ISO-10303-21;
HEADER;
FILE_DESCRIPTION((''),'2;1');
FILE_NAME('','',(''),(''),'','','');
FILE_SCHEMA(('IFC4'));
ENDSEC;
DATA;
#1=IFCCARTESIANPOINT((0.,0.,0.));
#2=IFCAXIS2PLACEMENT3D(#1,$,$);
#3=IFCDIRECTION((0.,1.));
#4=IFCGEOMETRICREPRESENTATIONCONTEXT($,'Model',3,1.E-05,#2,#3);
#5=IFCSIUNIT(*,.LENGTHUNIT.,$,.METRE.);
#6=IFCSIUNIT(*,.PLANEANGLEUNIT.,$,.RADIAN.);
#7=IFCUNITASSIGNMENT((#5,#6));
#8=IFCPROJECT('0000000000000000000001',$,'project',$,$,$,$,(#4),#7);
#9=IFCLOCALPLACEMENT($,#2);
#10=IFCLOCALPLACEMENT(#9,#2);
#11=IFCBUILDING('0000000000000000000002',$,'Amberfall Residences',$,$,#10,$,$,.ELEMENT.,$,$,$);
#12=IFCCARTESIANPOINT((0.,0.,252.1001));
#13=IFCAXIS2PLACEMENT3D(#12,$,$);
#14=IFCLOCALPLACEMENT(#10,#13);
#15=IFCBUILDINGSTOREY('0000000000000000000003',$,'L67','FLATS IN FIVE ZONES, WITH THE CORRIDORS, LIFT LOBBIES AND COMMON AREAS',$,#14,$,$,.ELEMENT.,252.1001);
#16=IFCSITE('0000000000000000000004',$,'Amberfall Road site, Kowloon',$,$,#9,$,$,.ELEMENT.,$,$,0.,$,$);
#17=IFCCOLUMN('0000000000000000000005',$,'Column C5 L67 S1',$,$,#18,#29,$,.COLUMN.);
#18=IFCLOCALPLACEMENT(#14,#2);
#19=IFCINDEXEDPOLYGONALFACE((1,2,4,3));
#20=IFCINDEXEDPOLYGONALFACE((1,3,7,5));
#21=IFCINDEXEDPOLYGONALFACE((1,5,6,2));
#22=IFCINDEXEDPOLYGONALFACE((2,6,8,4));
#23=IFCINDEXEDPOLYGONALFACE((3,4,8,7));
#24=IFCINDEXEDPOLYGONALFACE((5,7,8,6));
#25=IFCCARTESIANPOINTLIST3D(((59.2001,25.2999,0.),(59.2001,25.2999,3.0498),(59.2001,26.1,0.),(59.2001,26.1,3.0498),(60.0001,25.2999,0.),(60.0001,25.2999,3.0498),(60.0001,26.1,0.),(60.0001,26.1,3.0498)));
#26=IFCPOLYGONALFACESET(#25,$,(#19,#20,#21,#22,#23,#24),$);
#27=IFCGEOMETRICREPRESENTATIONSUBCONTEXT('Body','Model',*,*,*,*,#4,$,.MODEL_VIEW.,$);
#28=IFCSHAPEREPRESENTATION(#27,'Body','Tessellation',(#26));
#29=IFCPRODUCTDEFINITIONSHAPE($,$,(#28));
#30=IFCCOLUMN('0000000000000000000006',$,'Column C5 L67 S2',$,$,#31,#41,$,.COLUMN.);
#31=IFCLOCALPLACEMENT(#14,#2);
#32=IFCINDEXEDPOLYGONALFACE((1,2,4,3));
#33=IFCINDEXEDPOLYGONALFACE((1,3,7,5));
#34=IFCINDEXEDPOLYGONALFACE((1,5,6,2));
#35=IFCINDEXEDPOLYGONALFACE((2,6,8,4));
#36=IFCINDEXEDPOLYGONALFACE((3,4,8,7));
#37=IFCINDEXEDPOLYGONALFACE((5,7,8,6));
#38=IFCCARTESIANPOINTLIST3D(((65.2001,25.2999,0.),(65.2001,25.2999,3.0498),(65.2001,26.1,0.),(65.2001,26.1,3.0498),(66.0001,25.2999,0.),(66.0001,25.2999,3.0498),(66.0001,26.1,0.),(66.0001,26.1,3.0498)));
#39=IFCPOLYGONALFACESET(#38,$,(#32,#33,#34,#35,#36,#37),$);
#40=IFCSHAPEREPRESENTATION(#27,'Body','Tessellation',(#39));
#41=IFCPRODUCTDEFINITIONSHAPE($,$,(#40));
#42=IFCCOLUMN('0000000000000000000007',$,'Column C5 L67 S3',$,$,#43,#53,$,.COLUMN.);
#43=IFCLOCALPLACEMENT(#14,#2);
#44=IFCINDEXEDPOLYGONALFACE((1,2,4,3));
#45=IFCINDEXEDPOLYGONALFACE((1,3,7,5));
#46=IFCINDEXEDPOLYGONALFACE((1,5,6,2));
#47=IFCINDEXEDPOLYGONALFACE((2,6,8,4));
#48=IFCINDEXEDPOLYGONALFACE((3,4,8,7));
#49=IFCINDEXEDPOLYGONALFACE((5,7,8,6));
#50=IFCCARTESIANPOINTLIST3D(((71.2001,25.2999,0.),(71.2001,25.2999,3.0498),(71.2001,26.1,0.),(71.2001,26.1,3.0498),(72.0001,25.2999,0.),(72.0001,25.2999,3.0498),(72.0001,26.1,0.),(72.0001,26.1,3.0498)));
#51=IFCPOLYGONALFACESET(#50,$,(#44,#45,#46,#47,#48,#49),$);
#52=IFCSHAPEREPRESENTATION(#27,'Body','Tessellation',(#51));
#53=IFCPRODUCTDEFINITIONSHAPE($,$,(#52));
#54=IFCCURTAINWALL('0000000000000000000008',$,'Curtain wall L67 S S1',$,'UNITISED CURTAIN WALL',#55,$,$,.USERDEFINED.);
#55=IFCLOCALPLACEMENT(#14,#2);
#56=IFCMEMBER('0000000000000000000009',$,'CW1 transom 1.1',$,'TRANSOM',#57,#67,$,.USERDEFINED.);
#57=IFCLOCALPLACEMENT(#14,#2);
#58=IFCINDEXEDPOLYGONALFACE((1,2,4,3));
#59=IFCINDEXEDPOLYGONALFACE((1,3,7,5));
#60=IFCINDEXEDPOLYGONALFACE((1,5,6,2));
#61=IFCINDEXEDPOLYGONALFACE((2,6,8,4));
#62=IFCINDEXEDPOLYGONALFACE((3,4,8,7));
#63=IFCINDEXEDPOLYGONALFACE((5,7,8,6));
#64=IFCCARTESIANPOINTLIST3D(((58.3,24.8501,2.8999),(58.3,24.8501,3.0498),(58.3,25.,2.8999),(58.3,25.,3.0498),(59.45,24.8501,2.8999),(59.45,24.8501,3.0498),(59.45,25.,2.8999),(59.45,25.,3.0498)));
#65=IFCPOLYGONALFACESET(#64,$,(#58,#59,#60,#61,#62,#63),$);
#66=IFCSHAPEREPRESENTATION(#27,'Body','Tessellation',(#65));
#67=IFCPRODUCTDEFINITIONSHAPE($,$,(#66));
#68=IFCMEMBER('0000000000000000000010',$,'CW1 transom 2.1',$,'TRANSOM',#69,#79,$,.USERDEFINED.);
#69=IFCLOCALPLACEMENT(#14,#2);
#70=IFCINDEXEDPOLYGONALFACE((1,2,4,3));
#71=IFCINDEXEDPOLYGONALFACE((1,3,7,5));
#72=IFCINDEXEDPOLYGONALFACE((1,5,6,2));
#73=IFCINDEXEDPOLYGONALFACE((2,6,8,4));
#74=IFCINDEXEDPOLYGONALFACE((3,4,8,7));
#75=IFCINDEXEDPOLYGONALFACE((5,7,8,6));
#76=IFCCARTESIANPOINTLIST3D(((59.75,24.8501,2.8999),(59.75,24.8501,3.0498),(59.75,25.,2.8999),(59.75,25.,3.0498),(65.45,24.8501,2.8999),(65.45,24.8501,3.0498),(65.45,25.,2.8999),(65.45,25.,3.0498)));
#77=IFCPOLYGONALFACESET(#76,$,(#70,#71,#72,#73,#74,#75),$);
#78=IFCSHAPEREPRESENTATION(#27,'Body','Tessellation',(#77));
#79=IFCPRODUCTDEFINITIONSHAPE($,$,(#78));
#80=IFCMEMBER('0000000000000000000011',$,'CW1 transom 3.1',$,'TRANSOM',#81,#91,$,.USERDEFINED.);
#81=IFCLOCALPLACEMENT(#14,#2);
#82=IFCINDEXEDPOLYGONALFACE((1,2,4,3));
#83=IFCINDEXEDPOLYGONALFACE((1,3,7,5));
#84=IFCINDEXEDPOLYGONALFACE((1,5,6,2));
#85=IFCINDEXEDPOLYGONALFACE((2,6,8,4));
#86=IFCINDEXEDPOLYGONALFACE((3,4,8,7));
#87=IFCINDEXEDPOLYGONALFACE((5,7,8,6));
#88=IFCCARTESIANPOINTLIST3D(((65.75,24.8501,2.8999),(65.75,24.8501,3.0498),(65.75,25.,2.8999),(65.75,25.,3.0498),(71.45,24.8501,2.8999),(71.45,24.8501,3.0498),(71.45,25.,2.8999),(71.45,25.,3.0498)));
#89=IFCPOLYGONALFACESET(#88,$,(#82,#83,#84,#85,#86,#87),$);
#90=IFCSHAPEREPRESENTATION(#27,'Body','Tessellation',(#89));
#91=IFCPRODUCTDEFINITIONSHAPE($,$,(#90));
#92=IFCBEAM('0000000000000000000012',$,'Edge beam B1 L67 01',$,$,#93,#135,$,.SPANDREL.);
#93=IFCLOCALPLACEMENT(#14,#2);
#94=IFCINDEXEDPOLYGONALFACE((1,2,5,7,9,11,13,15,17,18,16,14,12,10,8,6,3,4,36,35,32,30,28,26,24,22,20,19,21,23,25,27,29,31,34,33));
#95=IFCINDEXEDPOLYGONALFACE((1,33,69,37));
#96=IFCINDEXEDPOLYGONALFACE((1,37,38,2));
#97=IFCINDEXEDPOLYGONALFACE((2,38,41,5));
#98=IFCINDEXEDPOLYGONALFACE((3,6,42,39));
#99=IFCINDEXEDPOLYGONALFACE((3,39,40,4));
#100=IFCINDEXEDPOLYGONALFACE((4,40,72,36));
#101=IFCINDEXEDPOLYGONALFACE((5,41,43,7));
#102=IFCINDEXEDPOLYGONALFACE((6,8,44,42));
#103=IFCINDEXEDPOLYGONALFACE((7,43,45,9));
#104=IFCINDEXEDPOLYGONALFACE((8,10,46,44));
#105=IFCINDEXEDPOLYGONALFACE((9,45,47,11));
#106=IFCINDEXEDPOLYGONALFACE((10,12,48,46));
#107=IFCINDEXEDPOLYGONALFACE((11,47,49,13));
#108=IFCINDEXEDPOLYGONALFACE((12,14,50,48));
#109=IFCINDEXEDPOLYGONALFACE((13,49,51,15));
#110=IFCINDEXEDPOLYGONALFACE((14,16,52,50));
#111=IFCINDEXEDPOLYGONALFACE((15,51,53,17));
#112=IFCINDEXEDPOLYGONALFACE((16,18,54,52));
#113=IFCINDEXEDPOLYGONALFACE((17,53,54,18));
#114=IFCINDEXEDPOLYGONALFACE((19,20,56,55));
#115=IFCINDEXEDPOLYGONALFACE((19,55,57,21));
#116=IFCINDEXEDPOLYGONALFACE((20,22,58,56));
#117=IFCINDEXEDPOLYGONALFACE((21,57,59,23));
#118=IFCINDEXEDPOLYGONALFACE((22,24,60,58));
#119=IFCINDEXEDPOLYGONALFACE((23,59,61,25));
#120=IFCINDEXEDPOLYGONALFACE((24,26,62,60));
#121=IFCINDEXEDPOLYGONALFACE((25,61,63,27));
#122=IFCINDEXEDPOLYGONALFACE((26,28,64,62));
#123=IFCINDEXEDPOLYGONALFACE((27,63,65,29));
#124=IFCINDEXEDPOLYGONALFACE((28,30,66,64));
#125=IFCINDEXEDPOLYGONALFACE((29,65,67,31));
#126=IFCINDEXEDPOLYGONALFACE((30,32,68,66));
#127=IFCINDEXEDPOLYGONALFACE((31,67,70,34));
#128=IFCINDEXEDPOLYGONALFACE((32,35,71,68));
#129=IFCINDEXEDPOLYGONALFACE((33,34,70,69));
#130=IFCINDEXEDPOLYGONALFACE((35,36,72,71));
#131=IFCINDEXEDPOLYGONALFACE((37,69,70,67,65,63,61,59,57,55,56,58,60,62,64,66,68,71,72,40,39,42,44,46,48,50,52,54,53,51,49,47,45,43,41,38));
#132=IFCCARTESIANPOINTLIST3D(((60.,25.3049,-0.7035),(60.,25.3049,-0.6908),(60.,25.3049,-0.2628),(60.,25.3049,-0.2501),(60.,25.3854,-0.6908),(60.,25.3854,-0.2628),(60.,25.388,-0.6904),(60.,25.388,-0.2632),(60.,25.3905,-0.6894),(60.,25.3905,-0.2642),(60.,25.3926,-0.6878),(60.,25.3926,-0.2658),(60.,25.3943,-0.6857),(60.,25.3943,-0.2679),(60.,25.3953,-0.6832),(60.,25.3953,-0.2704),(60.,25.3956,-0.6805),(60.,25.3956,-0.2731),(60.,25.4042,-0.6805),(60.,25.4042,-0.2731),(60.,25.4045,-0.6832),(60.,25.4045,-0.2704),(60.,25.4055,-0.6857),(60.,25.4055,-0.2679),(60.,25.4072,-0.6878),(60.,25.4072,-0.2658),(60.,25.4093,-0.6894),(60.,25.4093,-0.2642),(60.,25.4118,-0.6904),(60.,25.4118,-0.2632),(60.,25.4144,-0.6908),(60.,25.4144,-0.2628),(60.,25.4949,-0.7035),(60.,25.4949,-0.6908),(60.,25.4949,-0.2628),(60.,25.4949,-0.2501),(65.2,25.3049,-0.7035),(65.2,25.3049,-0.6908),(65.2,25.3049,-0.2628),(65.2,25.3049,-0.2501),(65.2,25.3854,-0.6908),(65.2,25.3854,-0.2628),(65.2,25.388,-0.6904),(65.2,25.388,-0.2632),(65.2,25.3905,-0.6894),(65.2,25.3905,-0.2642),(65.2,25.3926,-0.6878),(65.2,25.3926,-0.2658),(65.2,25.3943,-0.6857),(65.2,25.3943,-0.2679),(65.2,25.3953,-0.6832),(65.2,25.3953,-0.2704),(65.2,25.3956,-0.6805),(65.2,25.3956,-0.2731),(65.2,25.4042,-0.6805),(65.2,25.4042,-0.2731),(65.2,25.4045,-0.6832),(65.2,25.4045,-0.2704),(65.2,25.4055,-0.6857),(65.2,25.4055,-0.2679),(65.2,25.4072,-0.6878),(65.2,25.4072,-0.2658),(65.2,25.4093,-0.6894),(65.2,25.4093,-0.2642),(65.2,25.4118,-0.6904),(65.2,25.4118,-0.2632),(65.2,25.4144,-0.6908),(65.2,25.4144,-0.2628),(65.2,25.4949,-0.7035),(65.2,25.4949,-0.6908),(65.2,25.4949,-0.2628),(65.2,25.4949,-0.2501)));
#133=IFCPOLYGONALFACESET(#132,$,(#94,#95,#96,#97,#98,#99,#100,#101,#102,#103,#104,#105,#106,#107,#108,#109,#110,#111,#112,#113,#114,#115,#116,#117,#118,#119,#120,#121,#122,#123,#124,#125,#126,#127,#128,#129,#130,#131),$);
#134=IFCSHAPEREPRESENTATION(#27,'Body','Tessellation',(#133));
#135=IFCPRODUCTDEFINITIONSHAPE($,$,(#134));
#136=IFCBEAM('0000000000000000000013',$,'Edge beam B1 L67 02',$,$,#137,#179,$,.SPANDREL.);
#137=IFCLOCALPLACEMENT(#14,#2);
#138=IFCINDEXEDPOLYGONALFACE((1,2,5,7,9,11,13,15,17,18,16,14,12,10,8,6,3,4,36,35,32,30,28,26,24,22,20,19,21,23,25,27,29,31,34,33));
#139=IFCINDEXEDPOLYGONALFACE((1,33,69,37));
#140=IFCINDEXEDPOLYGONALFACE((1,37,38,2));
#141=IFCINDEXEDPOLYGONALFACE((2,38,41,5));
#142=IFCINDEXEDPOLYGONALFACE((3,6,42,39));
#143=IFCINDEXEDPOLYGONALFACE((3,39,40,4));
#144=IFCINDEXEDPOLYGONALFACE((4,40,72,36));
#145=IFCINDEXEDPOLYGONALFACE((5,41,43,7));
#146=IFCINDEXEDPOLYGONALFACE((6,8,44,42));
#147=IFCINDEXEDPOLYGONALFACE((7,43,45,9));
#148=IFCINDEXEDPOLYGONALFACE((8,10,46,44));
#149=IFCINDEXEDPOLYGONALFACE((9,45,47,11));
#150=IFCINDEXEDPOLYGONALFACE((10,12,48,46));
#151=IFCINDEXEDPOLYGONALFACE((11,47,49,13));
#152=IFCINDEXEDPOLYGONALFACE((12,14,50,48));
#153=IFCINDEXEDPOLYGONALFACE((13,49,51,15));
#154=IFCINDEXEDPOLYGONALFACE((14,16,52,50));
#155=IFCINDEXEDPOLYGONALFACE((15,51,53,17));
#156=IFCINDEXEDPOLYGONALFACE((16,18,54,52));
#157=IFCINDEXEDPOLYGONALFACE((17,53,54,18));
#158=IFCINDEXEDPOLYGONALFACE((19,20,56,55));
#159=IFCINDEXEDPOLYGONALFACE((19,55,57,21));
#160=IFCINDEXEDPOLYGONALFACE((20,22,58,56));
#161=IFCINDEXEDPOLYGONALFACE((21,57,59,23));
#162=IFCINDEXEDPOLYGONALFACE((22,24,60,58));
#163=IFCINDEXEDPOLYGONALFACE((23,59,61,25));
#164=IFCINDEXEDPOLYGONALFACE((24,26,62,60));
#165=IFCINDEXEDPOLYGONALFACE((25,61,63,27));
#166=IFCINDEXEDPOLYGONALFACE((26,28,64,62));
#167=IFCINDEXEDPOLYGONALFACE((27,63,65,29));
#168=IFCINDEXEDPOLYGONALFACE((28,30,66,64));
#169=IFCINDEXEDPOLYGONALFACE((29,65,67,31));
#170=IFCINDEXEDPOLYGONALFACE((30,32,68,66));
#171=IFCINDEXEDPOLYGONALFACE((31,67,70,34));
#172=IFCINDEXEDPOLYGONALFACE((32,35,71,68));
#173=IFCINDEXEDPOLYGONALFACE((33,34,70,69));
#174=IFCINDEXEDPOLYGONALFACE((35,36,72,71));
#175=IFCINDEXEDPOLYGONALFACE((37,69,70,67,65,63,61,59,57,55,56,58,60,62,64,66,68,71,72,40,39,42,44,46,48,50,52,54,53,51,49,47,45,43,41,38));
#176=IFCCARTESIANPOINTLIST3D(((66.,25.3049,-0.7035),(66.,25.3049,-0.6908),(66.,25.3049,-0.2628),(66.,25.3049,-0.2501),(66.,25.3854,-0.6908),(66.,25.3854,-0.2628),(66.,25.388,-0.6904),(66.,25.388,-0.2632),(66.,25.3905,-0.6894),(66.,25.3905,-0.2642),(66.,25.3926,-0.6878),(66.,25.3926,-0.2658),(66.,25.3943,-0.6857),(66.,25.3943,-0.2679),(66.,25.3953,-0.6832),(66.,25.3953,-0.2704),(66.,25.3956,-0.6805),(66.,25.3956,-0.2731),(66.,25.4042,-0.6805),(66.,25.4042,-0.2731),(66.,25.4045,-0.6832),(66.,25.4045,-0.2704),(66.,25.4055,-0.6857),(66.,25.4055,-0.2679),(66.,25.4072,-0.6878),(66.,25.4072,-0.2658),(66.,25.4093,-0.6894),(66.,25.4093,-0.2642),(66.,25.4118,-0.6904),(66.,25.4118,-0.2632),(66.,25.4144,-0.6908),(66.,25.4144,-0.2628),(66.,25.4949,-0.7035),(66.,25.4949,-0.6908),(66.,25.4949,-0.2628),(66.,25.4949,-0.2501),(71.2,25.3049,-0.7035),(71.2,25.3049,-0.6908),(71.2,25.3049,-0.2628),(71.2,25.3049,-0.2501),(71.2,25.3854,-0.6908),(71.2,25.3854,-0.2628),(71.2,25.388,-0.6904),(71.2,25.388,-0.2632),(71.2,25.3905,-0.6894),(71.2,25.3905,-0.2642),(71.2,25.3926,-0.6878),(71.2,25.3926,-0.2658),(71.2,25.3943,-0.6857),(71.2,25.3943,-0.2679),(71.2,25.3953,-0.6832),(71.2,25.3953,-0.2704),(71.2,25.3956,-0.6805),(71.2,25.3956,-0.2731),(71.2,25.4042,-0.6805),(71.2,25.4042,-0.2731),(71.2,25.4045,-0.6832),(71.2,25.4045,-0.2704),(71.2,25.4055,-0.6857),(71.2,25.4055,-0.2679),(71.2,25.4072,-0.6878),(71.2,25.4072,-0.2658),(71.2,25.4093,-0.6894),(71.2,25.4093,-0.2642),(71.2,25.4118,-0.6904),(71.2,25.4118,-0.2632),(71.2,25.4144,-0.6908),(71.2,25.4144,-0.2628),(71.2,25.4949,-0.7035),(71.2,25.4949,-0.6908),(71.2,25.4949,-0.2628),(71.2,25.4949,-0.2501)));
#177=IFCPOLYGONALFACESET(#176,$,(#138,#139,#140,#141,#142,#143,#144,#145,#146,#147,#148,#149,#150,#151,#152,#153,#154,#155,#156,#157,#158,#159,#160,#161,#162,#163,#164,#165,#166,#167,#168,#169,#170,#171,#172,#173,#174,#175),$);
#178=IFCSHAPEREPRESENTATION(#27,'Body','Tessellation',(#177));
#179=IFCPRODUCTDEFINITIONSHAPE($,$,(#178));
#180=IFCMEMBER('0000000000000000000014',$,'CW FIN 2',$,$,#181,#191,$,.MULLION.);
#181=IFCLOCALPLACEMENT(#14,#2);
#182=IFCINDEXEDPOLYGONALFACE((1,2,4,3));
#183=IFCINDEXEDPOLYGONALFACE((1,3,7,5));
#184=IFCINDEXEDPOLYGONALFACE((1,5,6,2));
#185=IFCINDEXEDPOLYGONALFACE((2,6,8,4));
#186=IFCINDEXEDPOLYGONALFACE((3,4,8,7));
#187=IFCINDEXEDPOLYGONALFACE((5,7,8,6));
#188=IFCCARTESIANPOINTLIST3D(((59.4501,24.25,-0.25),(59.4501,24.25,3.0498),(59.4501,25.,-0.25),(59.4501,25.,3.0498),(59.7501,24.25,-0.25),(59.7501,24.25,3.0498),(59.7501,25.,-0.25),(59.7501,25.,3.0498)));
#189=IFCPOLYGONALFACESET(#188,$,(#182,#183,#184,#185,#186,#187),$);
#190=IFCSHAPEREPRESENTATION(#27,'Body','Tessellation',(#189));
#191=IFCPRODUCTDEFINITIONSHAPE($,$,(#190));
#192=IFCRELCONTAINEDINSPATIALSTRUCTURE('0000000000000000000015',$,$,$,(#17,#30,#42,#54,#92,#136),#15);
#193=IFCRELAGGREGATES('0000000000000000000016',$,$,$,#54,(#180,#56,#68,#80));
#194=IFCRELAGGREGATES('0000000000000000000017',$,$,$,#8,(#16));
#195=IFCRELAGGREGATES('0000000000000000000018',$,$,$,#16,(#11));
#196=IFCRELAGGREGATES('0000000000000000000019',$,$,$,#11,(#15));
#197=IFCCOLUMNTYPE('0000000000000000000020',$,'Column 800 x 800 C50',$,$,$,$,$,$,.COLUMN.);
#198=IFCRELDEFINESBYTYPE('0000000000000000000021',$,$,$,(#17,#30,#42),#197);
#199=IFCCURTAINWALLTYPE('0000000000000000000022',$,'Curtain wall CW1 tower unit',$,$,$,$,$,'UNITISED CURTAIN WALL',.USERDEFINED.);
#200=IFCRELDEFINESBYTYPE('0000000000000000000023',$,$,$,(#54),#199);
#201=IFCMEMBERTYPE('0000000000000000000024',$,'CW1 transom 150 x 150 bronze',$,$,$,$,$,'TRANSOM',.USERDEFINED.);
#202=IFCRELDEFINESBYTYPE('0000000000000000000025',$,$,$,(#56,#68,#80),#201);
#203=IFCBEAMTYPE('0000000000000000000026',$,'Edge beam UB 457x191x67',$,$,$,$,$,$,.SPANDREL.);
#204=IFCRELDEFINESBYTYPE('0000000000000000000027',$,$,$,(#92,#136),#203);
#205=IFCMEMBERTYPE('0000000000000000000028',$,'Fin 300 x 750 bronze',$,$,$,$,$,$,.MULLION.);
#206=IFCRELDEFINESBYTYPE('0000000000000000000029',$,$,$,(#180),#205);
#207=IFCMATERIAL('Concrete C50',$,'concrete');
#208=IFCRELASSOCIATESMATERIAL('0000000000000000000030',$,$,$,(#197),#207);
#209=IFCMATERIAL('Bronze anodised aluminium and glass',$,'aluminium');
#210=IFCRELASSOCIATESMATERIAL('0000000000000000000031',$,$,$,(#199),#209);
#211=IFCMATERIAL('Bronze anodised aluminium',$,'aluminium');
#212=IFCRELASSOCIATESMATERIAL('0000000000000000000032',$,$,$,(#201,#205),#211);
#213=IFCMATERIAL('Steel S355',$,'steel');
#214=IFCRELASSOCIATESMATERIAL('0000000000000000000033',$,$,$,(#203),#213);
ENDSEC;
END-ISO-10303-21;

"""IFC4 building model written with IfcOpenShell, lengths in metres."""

from ifc_helpers import new_model, si_unit, direction, frame, origin, origin_2d, place, context, subcontext, project, spatial, rectangle, i_section, extrude, material, material_profile, profile_set, type_object, element, aggregate, save


model = new_model("IFC4")

# Units and contexts
model_context = context("Model", 3, precision=1e-05, world=origin(), true_north=direction((0.0, 1.0)))
body_context = subcontext(model_context, "Body", "Model", "MODEL_VIEW")
ifc_project = project(units=[si_unit("LENGTHUNIT", "METRE"), si_unit("PLANEANGLEUNIT", "RADIAN")], contexts=[model_context])

# Site, building, storey
site_placement = place(None, origin())
site = spatial("IfcSite", under=ifc_project, at=site_placement, Name="Amberfall Road site, Kowloon", CompositionType="ELEMENT", RefElevation=0.0)
building_placement = place(site_placement, origin())
building = spatial("IfcBuilding", under=site, at=building_placement, Name="Amberfall Residences", CompositionType="ELEMENT")
storey_placement = place(building_placement, frame((0.0, 0.0, 252.1001)))
storey = spatial("IfcBuildingStorey", under=building, at=storey_placement, Name="L67", Description="FLATS IN FIVE ZONES, WITH THE CORRIDORS, LIFT LOBBIES AND COMMON AREAS", CompositionType="ELEMENT", Elevation=252.1001)

# Columns
ifc_material_1 = material(Name="Concrete C50", Category="concrete")
ifc_material_profile_1 = material_profile(ifc_material_1, rectangle(XDim=0.8, YDim=0.8, at=origin_2d()), Name="Column 800 x 800 C50")
ifc_profile_set_1 = profile_set([ifc_material_profile_1], Name="Concrete C50")
column_type = type_object("IfcColumnType", Name="Column 800 x 800 C50", PredefinedType="COLUMN", material=ifc_profile_set_1)
for number, where, z_axis, x_axis, name in (
    (1, (59.6001, 25.7, 0.0), (0.0, 0.0, 1.0), (1.0, 0.0, 0.0), "Column C5 L67 S1"),
    (2, (65.6001, 25.7, 0.0), (0.0, 0.0, 1.0), (1.0, 0.0, 0.0), "Column C5 L67 S2"),
    (3, (71.6001, 25.7, 0.0), (0.0, 0.0, 1.0), (1.0, 0.0, 0.0), "Column C5 L67 S3"),
):
    element("IfcColumn", number, at=place(storey_placement, frame(where, z_axis=z_axis, x_axis=x_axis)), inside=storey, type_object=column_type, Name=name, PredefinedType="COLUMN", context=body_context, shape_type="SweptSolid", body=[
        extrude(rectangle(XDim=0.8, YDim=0.8, at=origin_2d()), origin(), (0.0, 0.0, 1.0), 3.0498),
    ])

# Curtain wall, members
ifc_material_2 = material(Name="Bronze anodised aluminium and glass", Category="aluminium")
curtain_wall_type = type_object("IfcCurtainWallType", Name="Curtain wall CW1 tower unit", ElementType="UNITISED CURTAIN WALL", PredefinedType="USERDEFINED", material=ifc_material_2)
curtain_wall_placement = place(storey_placement, origin())
curtain_wall = element("IfcCurtainWall", 4, at=curtain_wall_placement, inside=storey, type_object=curtain_wall_type, Name="Curtain wall L67 S S1", ObjectType="UNITISED CURTAIN WALL", PredefinedType="USERDEFINED")
ifc_material_3 = material(Name="Bronze anodised aluminium", Category="aluminium")
ifc_material_profile_2 = material_profile(ifc_material_3, rectangle(XDim=0.1499, YDim=0.1499, at=origin_2d()), Name="CW1 transom 150 x 150 bronze")
ifc_profile_set_2 = profile_set([ifc_material_profile_2], Name="Bronze anodised aluminium")
member_type_1 = type_object("IfcMemberType", Name="CW1 transom 150 x 150 bronze", ElementType="TRANSOM", PredefinedType="USERDEFINED", material=ifc_profile_set_2)
member_1_placement = place(storey_placement, frame((58.3, 24.925, 2.9749), z_axis=(1.0, 0.0, 0.0), x_axis=(0.0, 1.0, 0.0)))
member_1 = element("IfcMember", 5, at=member_1_placement, type_object=member_type_1, Name="CW1 transom 1.1", ObjectType="TRANSOM", PredefinedType="USERDEFINED", context=body_context, shape_type="SweptSolid", body=[
    extrude(rectangle(XDim=0.1499, YDim=0.1499, at=origin_2d()), origin(), (0.0, 0.0, 1.0), 1.1499),
])
member_2_placement = place(storey_placement, frame((59.75, 24.925, 2.9749), z_axis=(1.0, 0.0, 0.0), x_axis=(0.0, 1.0, 0.0)))
member_2 = element("IfcMember", 6, at=member_2_placement, type_object=member_type_1, Name="CW1 transom 2.1", ObjectType="TRANSOM", PredefinedType="USERDEFINED", context=body_context, shape_type="SweptSolid", body=[
    extrude(rectangle(XDim=0.1499, YDim=0.1499, at=origin_2d()), origin(), (0.0, 0.0, 1.0), 5.7),
])
member_3_placement = place(storey_placement, frame((65.75, 24.925, 2.9749), z_axis=(1.0, 0.0, 0.0), x_axis=(0.0, 1.0, 0.0)))
member_3 = element("IfcMember", 7, at=member_3_placement, type_object=member_type_1, Name="CW1 transom 3.1", ObjectType="TRANSOM", PredefinedType="USERDEFINED", context=body_context, shape_type="SweptSolid", body=[
    extrude(rectangle(XDim=0.1499, YDim=0.1499, at=origin_2d()), origin(), (0.0, 0.0, 1.0), 5.7),
])

# Beams
ifc_material_4 = material(Name="Steel S355", Category="steel")
ifc_material_profile_3 = material_profile(ifc_material_4, i_section(OverallWidth=0.1899, OverallDepth=0.4534, WebThickness=0.0085, FlangeThickness=0.0127, FilletRadius=0.0103, at=origin_2d()), Name="UB 457x191x67")
ifc_profile_set_3 = profile_set([ifc_material_profile_3], Name="Steel S355")
beam_type_1 = type_object("IfcBeamType", Name="Edge beam UB 457x191x67", PredefinedType="SPANDREL", material=ifc_profile_set_3)
for number, where, z_axis, x_axis, name in (
    (8, (60.0, 25.3999, -0.4768), (1.0, 0.0, 0.0), (0.0, 1.0, 0.0), "Edge beam B1 L67 01"),
    (9, (66.0, 25.3999, -0.4768), (1.0, 0.0, 0.0), (0.0, 1.0, 0.0), "Edge beam B1 L67 02"),
):
    element("IfcBeam", number, at=place(storey_placement, frame(where, z_axis=z_axis, x_axis=x_axis)), inside=storey, type_object=beam_type_1, Name=name, PredefinedType="SPANDREL", context=body_context, shape_type="SweptSolid", body=[
        extrude(i_section(OverallWidth=0.1899, OverallDepth=0.4534, WebThickness=0.0085, FlangeThickness=0.0127, FilletRadius=0.0103, at=origin_2d()), origin(), (0.0, 0.0, 1.0), 5.2),
    ])

# Member
ifc_material_profile_4 = material_profile(ifc_material_3, rectangle(XDim=0.75, YDim=0.3, at=origin_2d()), Name="Fin 300 x 750 bronze")
ifc_profile_set_4 = profile_set([ifc_material_profile_4], Name="Bronze anodised aluminium")
member_type_2 = type_object("IfcMemberType", Name="Fin 300 x 750 bronze", PredefinedType="MULLION", material=ifc_profile_set_4)
member_4_placement = place(storey_placement, frame((59.6001, 24.625, -0.25), z_axis=(0.0, 0.0, 1.0), x_axis=(0.0, 1.0, 0.0)))
member_4 = element("IfcMember", 10, at=member_4_placement, type_object=member_type_2, Name="CW FIN 2", PredefinedType="MULLION", context=body_context, shape_type="SweptSolid", body=[
    extrude(rectangle(XDim=0.75, YDim=0.3, at=origin_2d()), origin(), (0.0, 0.0, 1.0), 3.2998),
])

aggregate(curtain_wall, [member_4, member_1, member_2, member_3])

save(model, "model.ifc")
